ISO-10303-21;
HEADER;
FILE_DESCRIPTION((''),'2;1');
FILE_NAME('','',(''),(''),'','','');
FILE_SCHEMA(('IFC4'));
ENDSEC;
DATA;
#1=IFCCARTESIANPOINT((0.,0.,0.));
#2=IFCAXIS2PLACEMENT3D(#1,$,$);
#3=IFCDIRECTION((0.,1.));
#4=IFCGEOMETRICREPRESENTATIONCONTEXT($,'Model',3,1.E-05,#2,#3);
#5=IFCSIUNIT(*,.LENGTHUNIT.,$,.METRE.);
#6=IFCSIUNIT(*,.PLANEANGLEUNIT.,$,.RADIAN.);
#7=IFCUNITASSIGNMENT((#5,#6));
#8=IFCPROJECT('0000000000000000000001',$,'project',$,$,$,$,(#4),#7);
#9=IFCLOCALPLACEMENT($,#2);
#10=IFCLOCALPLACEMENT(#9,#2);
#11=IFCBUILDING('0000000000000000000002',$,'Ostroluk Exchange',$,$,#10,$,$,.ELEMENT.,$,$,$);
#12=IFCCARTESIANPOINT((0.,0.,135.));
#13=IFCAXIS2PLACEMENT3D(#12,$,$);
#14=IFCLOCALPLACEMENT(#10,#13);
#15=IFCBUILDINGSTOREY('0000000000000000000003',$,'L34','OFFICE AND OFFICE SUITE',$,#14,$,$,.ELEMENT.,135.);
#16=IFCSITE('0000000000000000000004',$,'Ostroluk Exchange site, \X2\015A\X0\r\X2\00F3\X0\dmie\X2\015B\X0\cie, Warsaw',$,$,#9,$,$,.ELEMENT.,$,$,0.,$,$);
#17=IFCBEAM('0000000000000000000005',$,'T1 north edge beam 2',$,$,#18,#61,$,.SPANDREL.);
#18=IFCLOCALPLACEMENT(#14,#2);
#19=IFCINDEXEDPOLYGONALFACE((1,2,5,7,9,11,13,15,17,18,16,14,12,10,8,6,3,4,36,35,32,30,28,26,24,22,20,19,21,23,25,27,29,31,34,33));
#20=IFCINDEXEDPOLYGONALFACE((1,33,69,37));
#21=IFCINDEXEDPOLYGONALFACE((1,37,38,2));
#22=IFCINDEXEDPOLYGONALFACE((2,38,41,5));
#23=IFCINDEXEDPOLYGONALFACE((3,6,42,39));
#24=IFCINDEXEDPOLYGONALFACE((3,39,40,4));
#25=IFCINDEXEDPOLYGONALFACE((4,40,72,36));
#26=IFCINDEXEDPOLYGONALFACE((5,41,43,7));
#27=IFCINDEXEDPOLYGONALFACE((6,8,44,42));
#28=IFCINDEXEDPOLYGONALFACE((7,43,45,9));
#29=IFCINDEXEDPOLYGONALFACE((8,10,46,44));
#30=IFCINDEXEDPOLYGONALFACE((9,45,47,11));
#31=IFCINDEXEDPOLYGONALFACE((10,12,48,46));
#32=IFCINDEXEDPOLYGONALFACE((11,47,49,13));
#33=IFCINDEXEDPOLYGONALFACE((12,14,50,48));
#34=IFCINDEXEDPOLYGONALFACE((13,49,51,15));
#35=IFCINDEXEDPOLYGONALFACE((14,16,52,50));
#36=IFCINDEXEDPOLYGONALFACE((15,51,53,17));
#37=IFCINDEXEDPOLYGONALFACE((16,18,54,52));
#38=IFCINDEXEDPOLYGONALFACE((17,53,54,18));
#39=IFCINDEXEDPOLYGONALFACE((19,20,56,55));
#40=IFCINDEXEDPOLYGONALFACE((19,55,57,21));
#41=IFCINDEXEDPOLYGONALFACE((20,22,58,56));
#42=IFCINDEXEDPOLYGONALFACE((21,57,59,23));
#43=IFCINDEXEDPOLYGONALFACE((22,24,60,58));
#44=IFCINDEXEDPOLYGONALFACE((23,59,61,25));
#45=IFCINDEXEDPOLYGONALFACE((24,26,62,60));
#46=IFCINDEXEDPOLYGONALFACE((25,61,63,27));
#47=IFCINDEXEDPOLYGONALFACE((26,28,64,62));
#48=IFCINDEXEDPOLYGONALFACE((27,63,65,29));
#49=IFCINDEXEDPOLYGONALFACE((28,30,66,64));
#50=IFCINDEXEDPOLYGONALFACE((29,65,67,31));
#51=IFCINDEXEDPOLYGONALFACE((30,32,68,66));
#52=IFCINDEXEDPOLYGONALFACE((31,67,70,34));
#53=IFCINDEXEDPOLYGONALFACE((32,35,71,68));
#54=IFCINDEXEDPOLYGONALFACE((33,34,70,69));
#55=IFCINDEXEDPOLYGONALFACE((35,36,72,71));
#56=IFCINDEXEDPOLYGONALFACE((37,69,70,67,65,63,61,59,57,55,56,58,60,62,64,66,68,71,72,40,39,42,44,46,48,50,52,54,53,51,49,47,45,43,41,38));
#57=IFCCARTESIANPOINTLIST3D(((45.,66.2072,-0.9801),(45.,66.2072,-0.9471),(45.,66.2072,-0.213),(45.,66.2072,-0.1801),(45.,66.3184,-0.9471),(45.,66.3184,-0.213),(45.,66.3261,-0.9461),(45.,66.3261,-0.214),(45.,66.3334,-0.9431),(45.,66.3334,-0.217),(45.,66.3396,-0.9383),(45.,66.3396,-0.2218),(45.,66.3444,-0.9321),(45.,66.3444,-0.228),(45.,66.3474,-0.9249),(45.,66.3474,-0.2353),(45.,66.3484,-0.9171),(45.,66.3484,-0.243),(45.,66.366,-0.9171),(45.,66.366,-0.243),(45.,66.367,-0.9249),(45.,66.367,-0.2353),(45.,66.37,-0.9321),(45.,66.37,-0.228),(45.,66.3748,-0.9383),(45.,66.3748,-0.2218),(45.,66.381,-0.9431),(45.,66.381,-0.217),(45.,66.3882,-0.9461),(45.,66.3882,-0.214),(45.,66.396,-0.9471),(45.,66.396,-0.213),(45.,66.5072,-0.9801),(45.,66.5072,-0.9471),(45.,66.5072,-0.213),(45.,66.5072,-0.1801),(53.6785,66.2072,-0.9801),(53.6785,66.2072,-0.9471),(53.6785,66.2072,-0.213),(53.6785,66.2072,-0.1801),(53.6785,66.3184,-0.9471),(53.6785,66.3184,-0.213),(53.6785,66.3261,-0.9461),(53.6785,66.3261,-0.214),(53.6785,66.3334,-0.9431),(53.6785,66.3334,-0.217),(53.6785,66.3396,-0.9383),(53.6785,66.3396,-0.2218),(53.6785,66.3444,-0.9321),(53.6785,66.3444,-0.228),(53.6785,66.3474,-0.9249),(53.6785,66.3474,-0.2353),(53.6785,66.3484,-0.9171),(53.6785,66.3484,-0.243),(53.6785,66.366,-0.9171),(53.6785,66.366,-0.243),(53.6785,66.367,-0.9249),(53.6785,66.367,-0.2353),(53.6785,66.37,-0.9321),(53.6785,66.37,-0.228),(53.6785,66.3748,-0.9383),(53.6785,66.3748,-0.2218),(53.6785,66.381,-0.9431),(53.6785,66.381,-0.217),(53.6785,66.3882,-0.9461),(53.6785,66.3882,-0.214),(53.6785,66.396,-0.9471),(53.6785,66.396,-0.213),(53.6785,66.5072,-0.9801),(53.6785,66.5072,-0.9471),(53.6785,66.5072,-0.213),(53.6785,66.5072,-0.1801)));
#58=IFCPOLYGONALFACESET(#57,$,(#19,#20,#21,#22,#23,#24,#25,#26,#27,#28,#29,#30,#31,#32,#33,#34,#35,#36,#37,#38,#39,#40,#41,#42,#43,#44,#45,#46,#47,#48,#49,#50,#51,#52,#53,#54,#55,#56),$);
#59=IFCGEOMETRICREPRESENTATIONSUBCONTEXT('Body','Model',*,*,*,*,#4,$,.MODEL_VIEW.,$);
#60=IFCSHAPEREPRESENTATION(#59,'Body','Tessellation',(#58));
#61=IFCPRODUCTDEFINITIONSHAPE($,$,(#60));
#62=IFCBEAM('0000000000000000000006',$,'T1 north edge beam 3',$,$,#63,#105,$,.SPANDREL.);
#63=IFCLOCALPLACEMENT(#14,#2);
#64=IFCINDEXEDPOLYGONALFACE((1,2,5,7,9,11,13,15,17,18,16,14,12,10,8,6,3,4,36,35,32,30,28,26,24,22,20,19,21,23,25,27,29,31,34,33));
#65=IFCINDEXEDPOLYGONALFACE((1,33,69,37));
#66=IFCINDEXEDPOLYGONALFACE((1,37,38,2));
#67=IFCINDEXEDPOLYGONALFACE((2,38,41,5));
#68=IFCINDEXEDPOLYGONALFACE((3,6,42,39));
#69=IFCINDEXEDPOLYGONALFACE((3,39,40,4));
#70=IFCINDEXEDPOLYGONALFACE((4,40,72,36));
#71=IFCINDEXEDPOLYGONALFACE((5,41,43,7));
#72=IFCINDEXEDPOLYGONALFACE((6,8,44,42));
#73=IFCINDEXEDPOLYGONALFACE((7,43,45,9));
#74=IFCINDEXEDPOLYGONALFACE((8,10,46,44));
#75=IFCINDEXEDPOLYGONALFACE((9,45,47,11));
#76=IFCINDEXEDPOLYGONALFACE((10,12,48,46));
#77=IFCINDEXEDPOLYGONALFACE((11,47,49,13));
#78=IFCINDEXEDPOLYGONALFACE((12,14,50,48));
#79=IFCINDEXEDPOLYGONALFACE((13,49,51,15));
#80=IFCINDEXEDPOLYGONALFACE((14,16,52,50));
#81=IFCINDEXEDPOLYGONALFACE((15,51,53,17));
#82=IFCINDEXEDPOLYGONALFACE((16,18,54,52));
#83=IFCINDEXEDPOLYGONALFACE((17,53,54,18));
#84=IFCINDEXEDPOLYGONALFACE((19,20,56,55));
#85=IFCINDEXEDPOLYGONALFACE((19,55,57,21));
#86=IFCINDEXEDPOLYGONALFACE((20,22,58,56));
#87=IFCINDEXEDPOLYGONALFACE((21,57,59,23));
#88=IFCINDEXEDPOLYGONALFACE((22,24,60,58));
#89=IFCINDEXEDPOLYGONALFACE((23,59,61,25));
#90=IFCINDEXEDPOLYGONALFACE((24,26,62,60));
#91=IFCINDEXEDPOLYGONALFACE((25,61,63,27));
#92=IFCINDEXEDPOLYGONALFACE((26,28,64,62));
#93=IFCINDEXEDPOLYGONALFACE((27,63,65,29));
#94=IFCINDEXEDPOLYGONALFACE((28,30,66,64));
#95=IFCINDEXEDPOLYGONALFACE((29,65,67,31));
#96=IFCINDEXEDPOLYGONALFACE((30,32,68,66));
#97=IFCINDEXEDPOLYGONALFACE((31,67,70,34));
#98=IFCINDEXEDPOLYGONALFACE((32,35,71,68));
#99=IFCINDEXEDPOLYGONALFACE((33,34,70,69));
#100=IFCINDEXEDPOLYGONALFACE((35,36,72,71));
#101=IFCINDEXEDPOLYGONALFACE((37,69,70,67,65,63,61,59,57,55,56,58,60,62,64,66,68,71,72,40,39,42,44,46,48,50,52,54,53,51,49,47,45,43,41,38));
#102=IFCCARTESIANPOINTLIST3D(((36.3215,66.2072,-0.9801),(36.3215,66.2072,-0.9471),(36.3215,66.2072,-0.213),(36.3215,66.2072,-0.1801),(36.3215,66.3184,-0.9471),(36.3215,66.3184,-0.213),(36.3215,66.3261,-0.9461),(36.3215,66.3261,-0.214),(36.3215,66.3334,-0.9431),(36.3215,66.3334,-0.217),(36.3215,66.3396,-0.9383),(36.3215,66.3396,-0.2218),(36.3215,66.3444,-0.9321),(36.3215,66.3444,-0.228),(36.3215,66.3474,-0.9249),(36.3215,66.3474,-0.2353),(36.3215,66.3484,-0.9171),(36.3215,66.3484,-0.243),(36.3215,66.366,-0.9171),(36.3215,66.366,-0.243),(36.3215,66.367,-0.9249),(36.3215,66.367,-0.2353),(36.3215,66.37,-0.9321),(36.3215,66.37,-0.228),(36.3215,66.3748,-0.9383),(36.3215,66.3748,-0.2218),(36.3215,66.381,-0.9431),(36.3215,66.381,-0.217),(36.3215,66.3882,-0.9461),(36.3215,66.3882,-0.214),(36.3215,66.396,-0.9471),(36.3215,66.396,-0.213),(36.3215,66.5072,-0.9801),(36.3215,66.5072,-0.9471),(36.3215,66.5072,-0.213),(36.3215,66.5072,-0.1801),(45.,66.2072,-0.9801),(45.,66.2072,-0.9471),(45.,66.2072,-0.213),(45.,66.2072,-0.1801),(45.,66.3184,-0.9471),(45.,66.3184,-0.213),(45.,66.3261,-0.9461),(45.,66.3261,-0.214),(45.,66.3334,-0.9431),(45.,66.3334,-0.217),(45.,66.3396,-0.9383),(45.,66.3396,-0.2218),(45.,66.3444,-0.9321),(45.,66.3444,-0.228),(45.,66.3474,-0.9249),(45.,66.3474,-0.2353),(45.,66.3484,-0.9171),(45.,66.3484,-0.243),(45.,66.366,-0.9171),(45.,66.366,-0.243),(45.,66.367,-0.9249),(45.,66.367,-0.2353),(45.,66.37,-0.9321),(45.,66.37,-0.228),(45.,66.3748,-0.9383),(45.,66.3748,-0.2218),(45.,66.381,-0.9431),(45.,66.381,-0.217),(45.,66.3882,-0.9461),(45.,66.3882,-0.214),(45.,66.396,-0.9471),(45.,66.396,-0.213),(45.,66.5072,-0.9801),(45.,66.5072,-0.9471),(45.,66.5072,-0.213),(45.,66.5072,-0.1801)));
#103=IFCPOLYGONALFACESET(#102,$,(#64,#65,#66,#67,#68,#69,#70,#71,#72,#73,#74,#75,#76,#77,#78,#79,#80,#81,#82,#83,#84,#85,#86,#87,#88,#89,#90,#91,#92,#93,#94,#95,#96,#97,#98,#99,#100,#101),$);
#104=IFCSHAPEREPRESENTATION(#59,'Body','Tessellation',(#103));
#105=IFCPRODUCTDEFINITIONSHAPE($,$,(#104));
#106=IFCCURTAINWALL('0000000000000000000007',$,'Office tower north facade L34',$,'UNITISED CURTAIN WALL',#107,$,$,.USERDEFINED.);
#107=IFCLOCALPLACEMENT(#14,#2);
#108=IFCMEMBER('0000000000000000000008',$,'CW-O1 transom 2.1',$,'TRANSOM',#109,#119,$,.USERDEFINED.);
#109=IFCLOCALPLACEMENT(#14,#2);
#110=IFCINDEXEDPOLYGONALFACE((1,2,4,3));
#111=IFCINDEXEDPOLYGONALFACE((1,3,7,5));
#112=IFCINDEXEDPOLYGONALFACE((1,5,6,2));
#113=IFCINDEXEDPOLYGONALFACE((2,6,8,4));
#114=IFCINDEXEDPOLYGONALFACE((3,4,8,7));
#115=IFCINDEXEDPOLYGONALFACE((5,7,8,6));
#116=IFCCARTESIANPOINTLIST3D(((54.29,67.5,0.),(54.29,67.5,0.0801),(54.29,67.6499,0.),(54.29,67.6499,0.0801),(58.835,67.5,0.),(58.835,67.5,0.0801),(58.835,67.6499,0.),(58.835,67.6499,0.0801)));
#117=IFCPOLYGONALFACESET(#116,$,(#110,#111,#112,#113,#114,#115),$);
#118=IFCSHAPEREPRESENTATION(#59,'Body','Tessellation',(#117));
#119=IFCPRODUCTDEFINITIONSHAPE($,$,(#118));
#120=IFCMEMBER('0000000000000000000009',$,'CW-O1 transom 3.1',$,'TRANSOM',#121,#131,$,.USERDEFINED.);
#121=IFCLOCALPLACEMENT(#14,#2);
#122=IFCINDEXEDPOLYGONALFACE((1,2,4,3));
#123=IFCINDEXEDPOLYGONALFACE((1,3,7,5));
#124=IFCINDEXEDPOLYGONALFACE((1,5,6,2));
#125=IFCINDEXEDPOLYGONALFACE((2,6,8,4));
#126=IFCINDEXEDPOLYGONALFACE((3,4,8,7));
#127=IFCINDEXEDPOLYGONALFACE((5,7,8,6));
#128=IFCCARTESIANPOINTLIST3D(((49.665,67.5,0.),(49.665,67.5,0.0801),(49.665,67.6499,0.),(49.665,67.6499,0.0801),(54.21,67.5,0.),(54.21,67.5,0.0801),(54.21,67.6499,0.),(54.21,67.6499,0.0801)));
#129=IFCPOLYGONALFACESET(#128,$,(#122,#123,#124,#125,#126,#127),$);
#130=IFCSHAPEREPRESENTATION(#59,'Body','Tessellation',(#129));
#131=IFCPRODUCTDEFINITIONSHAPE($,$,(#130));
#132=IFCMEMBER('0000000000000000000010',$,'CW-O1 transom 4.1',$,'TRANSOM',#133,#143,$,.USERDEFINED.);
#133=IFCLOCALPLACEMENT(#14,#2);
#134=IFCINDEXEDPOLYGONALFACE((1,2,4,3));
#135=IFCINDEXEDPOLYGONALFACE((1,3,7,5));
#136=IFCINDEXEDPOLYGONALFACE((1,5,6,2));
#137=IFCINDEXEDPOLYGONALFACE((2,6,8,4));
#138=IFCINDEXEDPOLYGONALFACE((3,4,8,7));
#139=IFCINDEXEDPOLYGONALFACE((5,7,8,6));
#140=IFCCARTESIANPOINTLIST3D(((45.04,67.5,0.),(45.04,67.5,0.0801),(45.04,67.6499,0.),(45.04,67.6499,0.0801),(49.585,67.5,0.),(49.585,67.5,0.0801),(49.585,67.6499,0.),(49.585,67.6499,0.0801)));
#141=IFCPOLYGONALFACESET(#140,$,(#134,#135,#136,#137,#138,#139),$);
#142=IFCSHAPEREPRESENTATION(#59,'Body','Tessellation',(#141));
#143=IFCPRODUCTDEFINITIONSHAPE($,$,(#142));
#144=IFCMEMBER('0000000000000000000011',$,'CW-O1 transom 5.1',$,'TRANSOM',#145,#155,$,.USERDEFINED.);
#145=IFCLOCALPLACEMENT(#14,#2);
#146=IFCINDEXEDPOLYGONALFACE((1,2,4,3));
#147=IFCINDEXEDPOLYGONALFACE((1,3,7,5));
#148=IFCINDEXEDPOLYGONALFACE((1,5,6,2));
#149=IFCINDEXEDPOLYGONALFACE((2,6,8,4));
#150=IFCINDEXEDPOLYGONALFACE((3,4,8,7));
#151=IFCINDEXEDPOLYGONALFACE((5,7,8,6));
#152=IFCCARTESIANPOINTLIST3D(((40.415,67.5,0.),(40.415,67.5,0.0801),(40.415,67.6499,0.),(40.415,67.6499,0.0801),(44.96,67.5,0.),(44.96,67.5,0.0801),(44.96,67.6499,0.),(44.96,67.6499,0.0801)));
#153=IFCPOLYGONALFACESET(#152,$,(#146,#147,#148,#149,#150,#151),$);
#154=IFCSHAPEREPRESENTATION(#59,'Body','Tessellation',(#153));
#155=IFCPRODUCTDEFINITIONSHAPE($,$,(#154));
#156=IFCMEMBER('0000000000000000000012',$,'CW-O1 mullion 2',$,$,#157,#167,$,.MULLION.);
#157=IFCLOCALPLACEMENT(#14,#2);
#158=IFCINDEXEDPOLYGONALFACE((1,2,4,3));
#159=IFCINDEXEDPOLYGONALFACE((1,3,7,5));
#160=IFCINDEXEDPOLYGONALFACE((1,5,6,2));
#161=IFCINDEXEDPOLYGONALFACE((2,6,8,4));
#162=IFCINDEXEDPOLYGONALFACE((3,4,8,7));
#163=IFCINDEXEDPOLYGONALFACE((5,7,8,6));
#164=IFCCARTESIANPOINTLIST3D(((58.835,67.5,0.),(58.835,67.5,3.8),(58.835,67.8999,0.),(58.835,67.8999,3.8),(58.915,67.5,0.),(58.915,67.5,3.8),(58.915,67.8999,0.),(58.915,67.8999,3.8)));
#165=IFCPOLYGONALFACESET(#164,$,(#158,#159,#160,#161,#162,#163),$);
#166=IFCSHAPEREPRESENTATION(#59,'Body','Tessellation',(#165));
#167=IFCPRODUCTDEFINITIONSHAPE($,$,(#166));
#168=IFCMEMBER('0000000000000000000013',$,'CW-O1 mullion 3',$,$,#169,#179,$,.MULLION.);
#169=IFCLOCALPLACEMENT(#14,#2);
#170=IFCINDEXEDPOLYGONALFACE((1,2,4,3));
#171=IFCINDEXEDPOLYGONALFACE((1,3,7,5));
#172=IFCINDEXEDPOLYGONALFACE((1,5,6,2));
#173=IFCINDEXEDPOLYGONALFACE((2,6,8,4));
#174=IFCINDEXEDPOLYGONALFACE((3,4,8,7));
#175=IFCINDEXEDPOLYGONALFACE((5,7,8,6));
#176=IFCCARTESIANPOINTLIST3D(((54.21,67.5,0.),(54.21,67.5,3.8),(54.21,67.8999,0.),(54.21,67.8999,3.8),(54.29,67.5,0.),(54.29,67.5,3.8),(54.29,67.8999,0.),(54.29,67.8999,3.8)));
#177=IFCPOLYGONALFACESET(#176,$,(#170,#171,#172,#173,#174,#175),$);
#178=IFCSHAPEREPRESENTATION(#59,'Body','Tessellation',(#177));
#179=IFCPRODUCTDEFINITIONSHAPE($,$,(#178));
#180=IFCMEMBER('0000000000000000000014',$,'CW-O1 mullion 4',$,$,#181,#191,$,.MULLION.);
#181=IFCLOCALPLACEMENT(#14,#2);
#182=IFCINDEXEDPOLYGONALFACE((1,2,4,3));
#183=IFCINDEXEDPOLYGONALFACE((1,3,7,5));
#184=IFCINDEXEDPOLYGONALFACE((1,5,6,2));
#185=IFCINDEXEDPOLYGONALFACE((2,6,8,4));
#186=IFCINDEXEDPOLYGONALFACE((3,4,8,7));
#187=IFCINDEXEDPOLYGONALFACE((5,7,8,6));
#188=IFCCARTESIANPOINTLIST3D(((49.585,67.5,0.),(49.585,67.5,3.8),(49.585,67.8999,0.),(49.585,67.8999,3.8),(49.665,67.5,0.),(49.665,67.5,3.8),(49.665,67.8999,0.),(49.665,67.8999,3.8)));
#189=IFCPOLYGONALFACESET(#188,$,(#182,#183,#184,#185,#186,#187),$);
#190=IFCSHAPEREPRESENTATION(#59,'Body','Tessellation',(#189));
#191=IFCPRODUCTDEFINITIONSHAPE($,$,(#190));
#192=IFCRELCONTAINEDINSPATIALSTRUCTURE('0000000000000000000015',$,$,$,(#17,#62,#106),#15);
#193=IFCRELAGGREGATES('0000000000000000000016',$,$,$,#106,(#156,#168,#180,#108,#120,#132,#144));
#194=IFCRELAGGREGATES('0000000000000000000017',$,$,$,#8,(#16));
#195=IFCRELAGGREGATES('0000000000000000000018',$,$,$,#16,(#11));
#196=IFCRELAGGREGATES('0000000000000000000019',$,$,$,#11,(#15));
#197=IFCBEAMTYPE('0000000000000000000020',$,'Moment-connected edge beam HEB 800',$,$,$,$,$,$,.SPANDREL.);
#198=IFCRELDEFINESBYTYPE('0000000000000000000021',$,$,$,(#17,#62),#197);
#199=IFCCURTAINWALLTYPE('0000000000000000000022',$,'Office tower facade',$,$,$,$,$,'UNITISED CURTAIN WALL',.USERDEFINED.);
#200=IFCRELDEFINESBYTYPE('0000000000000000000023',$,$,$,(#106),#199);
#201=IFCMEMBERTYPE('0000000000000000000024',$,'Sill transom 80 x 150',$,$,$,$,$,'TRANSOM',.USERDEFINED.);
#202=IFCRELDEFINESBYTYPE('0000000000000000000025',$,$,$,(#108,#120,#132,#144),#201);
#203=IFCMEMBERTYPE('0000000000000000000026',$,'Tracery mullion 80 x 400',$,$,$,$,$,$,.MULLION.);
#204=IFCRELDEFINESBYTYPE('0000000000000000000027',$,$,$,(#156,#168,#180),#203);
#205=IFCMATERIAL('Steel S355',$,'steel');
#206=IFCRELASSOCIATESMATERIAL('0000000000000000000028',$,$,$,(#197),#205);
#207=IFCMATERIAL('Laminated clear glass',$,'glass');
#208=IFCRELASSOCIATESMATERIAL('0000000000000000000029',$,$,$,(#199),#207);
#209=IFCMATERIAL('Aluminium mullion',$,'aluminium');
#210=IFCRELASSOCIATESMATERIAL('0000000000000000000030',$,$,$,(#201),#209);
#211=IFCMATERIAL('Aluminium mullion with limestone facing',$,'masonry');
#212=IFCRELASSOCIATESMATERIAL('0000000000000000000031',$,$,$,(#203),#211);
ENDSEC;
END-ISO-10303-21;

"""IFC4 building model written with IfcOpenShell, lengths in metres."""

from ifc_helpers import new_model, si_unit, direction, frame, origin, origin_2d, place, context, subcontext, project, spatial, rectangle, i_section, extrude, material, material_profile, profile_set, type_object, element, aggregate, save


model = new_model("IFC4")

# Units and contexts
model_context = context("Model", 3, precision=1e-05, world=origin(), true_north=direction((0.0, 1.0)))
body_context = subcontext(model_context, "Body", "Model", "MODEL_VIEW")
ifc_project = project(units=[si_unit("LENGTHUNIT", "METRE"), si_unit("PLANEANGLEUNIT", "RADIAN")], contexts=[model_context])

# Site, building, storey
site_placement = place(None, origin())
site = spatial("IfcSite", under=ifc_project, at=site_placement, Name="Ostroluk Exchange site, Śródmieście, Warsaw", CompositionType="ELEMENT", RefElevation=0.0)
building_placement = place(site_placement, origin())
building = spatial("IfcBuilding", under=site, at=building_placement, Name="Ostroluk Exchange", CompositionType="ELEMENT")
storey_placement = place(building_placement, frame((0.0, 0.0, 135.0)))
storey = spatial("IfcBuildingStorey", under=building, at=storey_placement, Name="L34", Description="OFFICE AND OFFICE SUITE", CompositionType="ELEMENT", Elevation=135.0)

# Beams
ifc_material_1 = material(Name="Steel S355", Category="steel")
ifc_material_profile_1 = material_profile(ifc_material_1, i_section(OverallWidth=0.3, OverallDepth=0.8, WebThickness=0.0176, FlangeThickness=0.033, FilletRadius=0.03, at=origin_2d()), Name="HEB 800")
ifc_profile_set_1 = profile_set([ifc_material_profile_1], Name="Steel S355")
beam_type = type_object("IfcBeamType", Name="Moment-connected edge beam HEB 800", PredefinedType="SPANDREL", material=ifc_profile_set_1)
for number, where, z_axis, x_axis, name in (
    (1, (53.6785, 66.3572, -0.5801), (-1.0, 0.0, 0.0), (0.0, -1.0, 0.0), "T1 north edge beam 2"),
    (2, (45.0, 66.3572, -0.5801), (-1.0, 0.0, 0.0), (0.0, -1.0, 0.0), "T1 north edge beam 3"),
):
    element("IfcBeam", number, at=place(storey_placement, frame(where, z_axis=z_axis, x_axis=x_axis)), inside=storey, type_object=beam_type, Name=name, PredefinedType="SPANDREL", context=body_context, shape_type="SweptSolid", body=[
        extrude(i_section(OverallWidth=0.3, OverallDepth=0.8, WebThickness=0.0176, FlangeThickness=0.033, FilletRadius=0.03, at=origin_2d()), origin(), (0.0, 0.0, 1.0), 8.6785),
    ])

# Curtain wall, members
ifc_material_2 = material(Name="Laminated clear glass", Category="glass")
curtain_wall_type = type_object("IfcCurtainWallType", Name="Office tower facade", ElementType="UNITISED CURTAIN WALL", PredefinedType="USERDEFINED", material=ifc_material_2)
curtain_wall_placement = place(storey_placement, origin())
curtain_wall = element("IfcCurtainWall", 3, at=curtain_wall_placement, inside=storey, type_object=curtain_wall_type, Name="Office tower north facade L34", ObjectType="UNITISED CURTAIN WALL", PredefinedType="USERDEFINED")
ifc_material_3 = material(Name="Aluminium mullion", Category="aluminium")
ifc_material_profile_2 = material_profile(ifc_material_3, rectangle(XDim=0.1499, YDim=0.0801, at=origin_2d()), Name="Sill transom 80 x 150")
ifc_profile_set_2 = profile_set([ifc_material_profile_2], Name="Aluminium mullion")
member_type_1 = type_object("IfcMemberType", Name="Sill transom 80 x 150", ElementType="TRANSOM", PredefinedType="USERDEFINED", material=ifc_profile_set_2)
member_1_placement = place(storey_placement, frame((58.835, 67.575, 0.04), z_axis=(-1.0, 0.0, 0.0), x_axis=(0.0, -1.0, 0.0)))
member_1 = element("IfcMember", 4, at=member_1_placement, type_object=member_type_1, Name="CW-O1 transom 2.1", ObjectType="TRANSOM", PredefinedType="USERDEFINED", context=body_context, shape_type="SweptSolid", body=[
    extrude(rectangle(XDim=0.1499, YDim=0.0801, at=origin_2d()), origin(), (0.0, 0.0, 1.0), 4.5449),
])
member_2_placement = place(storey_placement, frame((54.21, 67.575, 0.04), z_axis=(-1.0, 0.0, 0.0), x_axis=(0.0, -1.0, 0.0)))
member_2 = element("IfcMember", 5, at=member_2_placement, type_object=member_type_1, Name="CW-O1 transom 3.1", ObjectType="TRANSOM", PredefinedType="USERDEFINED", context=body_context, shape_type="SweptSolid", body=[
    extrude(rectangle(XDim=0.1499, YDim=0.0801, at=origin_2d()), origin(), (0.0, 0.0, 1.0), 4.5449),
])
member_3_placement = place(storey_placement, frame((49.585, 67.575, 0.04), z_axis=(-1.0, 0.0, 0.0), x_axis=(0.0, -1.0, 0.0)))
member_3 = element("IfcMember", 6, at=member_3_placement, type_object=member_type_1, Name="CW-O1 transom 4.1", ObjectType="TRANSOM", PredefinedType="USERDEFINED", context=body_context, shape_type="SweptSolid", body=[
    extrude(rectangle(XDim=0.1499, YDim=0.0801, at=origin_2d()), origin(), (0.0, 0.0, 1.0), 4.5449),
])
member_4_placement = place(storey_placement, frame((44.96, 67.575, 0.04), z_axis=(-1.0, 0.0, 0.0), x_axis=(0.0, -1.0, 0.0)))
member_4 = element("IfcMember", 7, at=member_4_placement, type_object=member_type_1, Name="CW-O1 transom 5.1", ObjectType="TRANSOM", PredefinedType="USERDEFINED", context=body_context, shape_type="SweptSolid", body=[
    extrude(rectangle(XDim=0.1499, YDim=0.0801, at=origin_2d()), origin(), (0.0, 0.0, 1.0), 4.5449),
])
ifc_material_4 = material(Name="Aluminium mullion with limestone facing", Category="masonry")
ifc_material_profile_3 = material_profile(ifc_material_4, rectangle(XDim=0.3999, YDim=0.0801, at=origin_2d()), Name="Tracery mullion 80 x 400")
ifc_profile_set_3 = profile_set([ifc_material_profile_3], Name="Aluminium mullion with limestone facing")
member_type_2 = type_object("IfcMemberType", Name="Tracery mullion 80 x 400", PredefinedType="MULLION", material=ifc_profile_set_3)
member_5_placement = place(storey_placement, frame((58.875, 67.7, 0.0), z_axis=(0.0, 0.0, 1.0), x_axis=(0.0, -1.0, 0.0)))
member_5 = element("IfcMember", 8, at=member_5_placement, type_object=member_type_2, Name="CW-O1 mullion 2", PredefinedType="MULLION", context=body_context, shape_type="SweptSolid", body=[
    extrude(rectangle(XDim=0.3999, YDim=0.0801, at=origin_2d()), origin(), (0.0, 0.0, 1.0), 3.8),
])
member_6_placement = place(storey_placement, frame((54.25, 67.7, 0.0), z_axis=(0.0, 0.0, 1.0), x_axis=(0.0, -1.0, 0.0)))
member_6 = element("IfcMember", 9, at=member_6_placement, type_object=member_type_2, Name="CW-O1 mullion 3", PredefinedType="MULLION", context=body_context, shape_type="SweptSolid", body=[
    extrude(rectangle(XDim=0.3999, YDim=0.0801, at=origin_2d()), origin(), (0.0, 0.0, 1.0), 3.8),
])
member_7_placement = place(storey_placement, frame((49.625, 67.7, 0.0), z_axis=(0.0, 0.0, 1.0), x_axis=(0.0, -1.0, 0.0)))
member_7 = element("IfcMember", 10, at=member_7_placement, type_object=member_type_2, Name="CW-O1 mullion 4", PredefinedType="MULLION", context=body_context, shape_type="SweptSolid", body=[
    extrude(rectangle(XDim=0.3999, YDim=0.0801, at=origin_2d()), origin(), (0.0, 0.0, 1.0), 3.8),
])
aggregate(curtain_wall, [member_5, member_6, member_7, member_1, member_2, member_3, member_4])

save(model, "model.ifc")
